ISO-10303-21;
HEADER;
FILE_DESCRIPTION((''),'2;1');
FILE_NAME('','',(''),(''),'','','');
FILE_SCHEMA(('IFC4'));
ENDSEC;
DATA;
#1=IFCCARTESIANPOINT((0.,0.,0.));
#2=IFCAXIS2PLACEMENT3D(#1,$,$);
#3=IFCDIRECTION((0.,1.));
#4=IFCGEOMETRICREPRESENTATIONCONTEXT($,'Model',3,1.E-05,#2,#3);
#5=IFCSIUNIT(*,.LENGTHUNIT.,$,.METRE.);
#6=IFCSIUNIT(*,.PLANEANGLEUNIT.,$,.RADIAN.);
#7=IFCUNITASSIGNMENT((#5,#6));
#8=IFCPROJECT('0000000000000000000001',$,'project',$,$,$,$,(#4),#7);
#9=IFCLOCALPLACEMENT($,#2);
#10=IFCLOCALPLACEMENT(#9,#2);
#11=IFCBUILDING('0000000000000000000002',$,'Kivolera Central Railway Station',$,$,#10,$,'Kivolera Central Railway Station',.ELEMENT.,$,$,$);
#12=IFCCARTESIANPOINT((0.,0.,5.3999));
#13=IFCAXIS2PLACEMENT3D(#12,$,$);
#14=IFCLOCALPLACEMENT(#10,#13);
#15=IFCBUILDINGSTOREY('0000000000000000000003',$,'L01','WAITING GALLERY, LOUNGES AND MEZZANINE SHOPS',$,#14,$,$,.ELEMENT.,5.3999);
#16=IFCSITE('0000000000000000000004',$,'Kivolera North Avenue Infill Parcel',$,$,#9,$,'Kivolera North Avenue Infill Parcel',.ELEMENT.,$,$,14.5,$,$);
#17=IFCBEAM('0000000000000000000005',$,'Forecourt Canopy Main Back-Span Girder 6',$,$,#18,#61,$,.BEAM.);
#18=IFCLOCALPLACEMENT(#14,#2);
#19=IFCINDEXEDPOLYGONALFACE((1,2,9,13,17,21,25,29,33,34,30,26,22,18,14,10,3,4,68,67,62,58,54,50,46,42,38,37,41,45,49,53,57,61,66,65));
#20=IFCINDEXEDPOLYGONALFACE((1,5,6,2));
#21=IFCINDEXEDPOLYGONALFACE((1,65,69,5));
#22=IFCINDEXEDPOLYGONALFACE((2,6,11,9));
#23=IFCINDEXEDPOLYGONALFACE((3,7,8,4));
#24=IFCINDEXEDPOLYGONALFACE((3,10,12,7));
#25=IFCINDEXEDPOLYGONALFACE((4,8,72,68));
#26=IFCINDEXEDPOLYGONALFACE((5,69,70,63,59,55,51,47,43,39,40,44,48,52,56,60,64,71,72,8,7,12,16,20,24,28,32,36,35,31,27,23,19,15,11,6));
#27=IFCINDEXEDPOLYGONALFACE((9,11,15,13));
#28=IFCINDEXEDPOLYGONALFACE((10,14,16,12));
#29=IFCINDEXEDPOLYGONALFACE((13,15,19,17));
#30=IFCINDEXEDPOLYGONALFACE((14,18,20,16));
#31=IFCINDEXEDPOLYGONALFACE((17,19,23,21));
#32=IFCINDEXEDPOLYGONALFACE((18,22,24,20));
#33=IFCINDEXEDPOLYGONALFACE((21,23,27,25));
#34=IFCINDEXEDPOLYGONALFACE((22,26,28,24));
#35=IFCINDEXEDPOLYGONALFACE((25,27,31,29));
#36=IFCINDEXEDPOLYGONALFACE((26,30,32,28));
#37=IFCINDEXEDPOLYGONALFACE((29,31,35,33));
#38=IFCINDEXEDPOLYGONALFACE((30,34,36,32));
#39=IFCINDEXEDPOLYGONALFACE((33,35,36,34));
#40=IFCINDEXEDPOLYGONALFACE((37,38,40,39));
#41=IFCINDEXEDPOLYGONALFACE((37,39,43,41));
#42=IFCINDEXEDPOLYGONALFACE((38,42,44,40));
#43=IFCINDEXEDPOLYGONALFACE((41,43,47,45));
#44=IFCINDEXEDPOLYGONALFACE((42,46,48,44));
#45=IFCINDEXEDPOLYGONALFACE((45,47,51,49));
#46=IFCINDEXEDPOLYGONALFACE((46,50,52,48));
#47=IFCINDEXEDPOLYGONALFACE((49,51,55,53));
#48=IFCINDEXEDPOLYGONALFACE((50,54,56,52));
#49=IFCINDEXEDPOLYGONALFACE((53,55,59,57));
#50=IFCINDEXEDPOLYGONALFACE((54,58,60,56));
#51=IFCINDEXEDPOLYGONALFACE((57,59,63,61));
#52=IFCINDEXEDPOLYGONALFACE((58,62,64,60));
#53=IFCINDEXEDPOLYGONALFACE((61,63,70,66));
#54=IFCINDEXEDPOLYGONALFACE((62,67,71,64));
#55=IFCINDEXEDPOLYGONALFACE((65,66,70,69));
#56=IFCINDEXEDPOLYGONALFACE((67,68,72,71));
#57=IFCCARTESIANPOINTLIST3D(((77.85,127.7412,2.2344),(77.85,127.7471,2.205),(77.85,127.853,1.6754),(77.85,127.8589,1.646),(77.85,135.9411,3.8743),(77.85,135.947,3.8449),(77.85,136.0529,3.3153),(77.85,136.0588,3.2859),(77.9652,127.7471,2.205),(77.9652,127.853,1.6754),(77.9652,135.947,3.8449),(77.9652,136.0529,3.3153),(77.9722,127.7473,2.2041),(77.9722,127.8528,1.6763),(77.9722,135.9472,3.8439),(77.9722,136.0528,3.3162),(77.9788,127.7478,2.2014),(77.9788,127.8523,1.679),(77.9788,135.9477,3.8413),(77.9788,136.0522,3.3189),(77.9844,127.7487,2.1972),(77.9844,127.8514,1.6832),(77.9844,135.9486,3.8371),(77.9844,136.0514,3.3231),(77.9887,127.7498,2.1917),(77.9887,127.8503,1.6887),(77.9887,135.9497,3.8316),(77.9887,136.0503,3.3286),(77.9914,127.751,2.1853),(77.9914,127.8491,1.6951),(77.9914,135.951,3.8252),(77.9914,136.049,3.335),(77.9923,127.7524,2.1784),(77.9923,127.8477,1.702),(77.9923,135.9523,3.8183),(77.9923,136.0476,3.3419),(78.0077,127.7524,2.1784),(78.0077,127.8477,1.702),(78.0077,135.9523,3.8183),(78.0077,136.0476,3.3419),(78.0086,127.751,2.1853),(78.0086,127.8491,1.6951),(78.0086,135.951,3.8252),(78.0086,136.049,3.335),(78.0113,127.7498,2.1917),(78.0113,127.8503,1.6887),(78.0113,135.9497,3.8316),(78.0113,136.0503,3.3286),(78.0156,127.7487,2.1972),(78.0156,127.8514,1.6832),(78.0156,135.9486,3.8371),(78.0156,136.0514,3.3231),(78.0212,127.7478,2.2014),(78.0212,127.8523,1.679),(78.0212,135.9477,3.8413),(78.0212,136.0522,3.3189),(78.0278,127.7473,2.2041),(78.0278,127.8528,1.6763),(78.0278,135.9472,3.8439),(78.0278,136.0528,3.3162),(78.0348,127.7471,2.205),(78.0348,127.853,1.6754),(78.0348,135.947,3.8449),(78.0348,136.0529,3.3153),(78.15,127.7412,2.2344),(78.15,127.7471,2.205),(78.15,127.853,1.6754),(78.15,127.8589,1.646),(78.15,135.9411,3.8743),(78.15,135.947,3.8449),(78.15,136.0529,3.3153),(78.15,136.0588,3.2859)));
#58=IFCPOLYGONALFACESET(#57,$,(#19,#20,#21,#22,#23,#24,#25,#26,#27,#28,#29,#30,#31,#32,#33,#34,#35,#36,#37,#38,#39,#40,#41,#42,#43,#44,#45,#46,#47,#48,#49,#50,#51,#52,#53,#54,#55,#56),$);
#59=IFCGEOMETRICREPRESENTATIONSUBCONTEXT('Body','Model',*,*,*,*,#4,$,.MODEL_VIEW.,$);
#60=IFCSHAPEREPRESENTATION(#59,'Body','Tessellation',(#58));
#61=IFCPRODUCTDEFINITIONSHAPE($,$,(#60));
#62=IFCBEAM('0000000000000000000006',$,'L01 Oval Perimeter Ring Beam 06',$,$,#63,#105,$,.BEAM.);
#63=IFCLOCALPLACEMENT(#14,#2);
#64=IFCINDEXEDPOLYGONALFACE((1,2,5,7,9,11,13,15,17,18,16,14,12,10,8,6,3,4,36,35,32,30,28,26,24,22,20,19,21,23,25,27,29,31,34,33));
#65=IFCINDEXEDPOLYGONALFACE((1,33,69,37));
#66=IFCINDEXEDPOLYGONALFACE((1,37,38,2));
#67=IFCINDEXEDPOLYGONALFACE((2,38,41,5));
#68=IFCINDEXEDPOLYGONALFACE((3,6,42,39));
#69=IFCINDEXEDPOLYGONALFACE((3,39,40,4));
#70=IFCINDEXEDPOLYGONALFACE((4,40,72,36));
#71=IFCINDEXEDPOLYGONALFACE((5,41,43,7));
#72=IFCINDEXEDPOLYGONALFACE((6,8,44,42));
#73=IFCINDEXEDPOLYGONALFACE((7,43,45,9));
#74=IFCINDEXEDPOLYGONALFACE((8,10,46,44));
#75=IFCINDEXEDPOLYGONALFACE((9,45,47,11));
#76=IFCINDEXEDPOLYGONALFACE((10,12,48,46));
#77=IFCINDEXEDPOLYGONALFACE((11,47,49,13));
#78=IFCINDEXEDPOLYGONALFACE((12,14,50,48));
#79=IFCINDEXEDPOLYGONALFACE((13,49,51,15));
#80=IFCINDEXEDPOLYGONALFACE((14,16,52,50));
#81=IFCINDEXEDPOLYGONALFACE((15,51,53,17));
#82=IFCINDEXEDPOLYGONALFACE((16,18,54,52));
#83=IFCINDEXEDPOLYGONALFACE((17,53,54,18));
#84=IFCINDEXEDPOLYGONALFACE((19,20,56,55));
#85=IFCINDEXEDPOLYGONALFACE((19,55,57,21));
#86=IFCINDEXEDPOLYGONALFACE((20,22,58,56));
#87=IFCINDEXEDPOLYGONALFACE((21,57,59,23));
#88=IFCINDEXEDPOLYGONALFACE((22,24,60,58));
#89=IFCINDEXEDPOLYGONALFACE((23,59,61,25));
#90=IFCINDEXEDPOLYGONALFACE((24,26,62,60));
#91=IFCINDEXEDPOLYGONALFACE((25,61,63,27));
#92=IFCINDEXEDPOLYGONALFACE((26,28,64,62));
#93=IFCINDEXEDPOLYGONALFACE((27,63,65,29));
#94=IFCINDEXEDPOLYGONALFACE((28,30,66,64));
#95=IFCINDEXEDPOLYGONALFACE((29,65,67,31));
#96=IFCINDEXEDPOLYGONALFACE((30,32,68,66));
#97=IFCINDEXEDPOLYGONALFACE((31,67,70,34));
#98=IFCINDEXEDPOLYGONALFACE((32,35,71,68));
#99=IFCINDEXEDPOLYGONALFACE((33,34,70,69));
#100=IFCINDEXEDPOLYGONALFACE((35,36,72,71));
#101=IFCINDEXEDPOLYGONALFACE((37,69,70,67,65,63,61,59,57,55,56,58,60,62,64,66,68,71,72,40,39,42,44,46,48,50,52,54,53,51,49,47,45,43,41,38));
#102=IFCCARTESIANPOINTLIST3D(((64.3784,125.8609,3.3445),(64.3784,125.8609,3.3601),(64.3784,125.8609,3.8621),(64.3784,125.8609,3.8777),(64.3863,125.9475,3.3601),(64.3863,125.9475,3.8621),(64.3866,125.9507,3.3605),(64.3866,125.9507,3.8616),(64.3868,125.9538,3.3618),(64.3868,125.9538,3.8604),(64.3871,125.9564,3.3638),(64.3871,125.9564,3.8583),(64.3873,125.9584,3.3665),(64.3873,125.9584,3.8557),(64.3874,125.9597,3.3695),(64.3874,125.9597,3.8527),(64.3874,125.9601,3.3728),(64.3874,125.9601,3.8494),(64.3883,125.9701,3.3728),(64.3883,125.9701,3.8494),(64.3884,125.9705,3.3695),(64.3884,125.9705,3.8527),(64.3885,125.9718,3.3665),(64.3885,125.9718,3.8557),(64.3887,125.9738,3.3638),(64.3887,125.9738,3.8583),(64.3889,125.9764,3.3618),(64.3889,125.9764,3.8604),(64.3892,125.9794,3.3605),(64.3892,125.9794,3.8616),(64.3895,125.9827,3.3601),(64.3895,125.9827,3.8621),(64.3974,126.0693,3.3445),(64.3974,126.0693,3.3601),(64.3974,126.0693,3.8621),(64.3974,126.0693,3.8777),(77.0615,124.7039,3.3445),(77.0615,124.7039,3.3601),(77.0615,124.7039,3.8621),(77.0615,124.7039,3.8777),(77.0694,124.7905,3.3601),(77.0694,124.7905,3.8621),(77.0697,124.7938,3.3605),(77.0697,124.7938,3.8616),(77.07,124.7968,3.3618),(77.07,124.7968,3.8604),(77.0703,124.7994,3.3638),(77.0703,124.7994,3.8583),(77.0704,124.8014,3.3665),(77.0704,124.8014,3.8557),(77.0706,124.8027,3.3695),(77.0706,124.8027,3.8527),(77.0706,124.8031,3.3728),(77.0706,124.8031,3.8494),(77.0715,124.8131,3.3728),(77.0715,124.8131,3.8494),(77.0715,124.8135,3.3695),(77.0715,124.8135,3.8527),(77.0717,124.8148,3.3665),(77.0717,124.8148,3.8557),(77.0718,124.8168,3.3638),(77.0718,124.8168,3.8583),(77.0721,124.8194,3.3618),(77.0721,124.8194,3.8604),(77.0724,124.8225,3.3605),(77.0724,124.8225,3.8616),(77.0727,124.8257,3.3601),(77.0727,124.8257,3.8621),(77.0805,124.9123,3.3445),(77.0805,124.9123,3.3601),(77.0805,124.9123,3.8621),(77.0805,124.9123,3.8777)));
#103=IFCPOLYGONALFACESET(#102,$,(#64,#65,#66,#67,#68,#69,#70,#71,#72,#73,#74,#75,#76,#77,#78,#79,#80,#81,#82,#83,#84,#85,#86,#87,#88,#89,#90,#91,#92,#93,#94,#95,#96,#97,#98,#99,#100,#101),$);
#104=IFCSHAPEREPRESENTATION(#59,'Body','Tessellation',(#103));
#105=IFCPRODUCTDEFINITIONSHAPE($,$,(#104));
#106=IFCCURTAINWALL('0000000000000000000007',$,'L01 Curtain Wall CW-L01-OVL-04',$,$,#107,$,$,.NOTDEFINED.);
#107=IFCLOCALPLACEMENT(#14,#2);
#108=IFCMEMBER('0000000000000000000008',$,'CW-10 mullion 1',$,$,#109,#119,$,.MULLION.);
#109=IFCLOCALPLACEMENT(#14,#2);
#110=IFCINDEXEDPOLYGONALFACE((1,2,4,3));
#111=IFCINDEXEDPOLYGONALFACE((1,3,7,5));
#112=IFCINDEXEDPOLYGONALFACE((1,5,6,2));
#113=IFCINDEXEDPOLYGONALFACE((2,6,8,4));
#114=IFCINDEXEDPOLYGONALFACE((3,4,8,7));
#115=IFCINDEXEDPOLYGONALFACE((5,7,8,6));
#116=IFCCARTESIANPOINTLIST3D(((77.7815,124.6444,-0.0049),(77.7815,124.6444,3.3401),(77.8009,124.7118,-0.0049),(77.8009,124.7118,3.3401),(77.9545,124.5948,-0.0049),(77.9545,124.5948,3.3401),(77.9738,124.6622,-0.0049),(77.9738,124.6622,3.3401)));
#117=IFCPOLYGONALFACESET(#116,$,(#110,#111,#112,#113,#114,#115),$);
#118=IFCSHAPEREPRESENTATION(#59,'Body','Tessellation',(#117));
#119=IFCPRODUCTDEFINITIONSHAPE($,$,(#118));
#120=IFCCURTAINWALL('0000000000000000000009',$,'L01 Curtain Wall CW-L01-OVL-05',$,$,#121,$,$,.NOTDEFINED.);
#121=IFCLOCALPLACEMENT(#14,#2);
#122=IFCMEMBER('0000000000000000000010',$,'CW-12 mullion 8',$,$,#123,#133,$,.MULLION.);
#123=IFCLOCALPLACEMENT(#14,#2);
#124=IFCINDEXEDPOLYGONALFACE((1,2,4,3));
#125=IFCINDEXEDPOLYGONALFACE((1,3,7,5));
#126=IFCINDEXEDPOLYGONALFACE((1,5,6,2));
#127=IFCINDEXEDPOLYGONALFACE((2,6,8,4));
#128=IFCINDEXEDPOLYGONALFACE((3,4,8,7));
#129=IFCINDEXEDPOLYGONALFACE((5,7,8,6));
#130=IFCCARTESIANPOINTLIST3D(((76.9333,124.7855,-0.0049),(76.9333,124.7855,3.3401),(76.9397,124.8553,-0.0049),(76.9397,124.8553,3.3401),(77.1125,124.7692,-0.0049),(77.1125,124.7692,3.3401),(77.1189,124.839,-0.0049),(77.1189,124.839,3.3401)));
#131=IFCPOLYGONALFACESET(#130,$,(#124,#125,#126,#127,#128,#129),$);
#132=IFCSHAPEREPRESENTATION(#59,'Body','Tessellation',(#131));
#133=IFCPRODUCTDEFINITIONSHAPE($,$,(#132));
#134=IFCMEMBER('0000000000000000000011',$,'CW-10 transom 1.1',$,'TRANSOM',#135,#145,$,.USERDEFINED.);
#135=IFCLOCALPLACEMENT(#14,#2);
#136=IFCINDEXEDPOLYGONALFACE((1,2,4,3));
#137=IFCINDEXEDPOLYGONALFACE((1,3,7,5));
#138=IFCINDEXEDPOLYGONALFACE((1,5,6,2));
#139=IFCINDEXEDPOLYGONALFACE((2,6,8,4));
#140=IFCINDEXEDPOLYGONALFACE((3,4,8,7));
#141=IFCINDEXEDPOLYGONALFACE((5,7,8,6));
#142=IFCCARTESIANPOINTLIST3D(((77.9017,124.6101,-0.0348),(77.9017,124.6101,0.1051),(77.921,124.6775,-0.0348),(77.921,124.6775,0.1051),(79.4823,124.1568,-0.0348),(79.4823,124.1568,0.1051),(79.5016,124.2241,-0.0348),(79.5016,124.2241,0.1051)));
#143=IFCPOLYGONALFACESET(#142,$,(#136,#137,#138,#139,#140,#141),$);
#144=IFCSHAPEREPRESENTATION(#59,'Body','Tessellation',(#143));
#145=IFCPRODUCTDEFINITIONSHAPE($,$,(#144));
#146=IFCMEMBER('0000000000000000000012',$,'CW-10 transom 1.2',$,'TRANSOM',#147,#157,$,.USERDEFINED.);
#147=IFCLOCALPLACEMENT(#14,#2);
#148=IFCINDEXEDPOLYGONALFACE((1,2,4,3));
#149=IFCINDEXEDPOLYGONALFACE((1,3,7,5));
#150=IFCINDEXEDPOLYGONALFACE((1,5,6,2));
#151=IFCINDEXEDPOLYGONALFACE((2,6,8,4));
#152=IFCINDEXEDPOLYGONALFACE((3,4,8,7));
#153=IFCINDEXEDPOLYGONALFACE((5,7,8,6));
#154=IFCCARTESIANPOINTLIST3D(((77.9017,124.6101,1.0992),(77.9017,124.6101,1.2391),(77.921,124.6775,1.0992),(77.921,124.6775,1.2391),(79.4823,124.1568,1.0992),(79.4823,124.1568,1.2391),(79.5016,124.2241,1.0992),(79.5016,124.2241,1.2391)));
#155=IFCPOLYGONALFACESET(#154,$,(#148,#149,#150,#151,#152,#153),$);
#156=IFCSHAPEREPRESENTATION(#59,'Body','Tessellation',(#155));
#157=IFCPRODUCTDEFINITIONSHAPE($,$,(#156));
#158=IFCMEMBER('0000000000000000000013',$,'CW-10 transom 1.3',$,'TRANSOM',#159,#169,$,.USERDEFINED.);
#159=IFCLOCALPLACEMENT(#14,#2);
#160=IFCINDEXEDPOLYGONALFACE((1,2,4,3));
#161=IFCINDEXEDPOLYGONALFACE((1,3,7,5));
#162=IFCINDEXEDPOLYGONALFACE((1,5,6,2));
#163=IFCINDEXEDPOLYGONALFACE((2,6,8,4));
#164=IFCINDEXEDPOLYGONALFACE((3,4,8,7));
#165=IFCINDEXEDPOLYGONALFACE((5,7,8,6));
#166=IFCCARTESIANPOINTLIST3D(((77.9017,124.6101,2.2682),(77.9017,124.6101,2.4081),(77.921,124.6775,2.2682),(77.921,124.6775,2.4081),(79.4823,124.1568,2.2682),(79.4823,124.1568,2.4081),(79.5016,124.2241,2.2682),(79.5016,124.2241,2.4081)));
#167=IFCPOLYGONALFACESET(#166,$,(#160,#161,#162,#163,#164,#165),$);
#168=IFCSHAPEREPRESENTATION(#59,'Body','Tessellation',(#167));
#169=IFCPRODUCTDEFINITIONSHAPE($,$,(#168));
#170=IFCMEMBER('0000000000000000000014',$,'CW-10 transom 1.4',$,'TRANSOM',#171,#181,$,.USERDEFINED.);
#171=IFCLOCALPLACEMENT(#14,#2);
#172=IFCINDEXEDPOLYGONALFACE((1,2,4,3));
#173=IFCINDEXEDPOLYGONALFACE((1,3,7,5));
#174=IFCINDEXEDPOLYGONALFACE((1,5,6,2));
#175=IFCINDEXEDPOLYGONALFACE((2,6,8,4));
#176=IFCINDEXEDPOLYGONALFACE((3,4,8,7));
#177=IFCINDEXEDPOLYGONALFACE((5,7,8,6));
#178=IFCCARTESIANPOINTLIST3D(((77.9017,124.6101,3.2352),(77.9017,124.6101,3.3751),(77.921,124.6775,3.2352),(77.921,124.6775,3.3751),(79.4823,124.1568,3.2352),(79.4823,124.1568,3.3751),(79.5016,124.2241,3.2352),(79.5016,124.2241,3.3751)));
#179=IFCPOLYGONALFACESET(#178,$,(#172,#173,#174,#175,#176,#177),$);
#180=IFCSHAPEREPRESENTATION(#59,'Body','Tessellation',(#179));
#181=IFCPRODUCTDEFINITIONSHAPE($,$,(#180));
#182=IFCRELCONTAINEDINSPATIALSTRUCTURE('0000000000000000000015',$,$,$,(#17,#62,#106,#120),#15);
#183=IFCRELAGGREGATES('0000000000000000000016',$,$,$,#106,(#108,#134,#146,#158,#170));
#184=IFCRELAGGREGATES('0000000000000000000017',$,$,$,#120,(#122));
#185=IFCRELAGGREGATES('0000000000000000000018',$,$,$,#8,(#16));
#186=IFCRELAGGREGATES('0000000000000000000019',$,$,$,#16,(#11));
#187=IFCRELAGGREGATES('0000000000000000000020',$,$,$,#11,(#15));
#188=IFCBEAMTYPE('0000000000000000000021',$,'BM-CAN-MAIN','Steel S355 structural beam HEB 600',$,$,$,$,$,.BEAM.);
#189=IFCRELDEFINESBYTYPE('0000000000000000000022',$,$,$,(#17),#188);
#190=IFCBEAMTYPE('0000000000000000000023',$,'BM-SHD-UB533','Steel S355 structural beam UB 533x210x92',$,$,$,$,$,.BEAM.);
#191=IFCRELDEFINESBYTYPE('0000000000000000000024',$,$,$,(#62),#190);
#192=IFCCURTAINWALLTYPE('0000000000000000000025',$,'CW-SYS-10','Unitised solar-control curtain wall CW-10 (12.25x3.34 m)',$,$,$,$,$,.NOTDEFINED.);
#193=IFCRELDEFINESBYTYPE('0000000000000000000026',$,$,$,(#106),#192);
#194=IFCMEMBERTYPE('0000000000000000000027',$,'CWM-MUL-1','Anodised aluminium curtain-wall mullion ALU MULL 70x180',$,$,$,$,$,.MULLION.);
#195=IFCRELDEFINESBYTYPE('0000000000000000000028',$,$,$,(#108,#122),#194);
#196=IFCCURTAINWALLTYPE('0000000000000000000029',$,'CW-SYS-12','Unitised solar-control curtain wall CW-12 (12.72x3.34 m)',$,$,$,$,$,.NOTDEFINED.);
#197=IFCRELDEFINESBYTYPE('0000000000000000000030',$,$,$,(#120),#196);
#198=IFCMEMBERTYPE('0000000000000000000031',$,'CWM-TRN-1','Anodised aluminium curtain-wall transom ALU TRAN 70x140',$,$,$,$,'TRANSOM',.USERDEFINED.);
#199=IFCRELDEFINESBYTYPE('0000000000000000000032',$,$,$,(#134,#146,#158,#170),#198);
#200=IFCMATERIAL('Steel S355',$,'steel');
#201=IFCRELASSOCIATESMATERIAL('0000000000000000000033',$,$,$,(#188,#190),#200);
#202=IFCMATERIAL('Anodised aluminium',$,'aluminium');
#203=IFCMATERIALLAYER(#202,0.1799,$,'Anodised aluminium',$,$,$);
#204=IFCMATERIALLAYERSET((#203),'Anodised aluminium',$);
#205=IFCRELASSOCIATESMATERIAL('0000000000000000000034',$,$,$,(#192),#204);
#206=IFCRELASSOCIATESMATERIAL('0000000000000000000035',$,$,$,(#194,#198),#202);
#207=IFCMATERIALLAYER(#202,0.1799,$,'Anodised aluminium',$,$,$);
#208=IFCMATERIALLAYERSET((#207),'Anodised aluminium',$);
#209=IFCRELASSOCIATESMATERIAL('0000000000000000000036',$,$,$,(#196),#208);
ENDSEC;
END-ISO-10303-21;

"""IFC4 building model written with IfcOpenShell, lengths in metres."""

from ifc_helpers import new_model, si_unit, direction, frame, origin, origin_2d, place, context, subcontext, project, spatial, rectangle, i_section, extrude, material, layer, layer_set, material_profile, profile_set, type_object, element, aggregate, save


model = new_model("IFC4")

# Units and contexts
model_context = context("Model", 3, precision=1e-05, world=origin(), true_north=direction((0.0, 1.0)))
body_context = subcontext(model_context, "Body", "Model", "MODEL_VIEW")
ifc_project = project(units=[si_unit("LENGTHUNIT", "METRE"), si_unit("PLANEANGLEUNIT", "RADIAN")], contexts=[model_context])

# Site, building, storey
site_placement = place(None, origin())
site = spatial("IfcSite", under=ifc_project, at=site_placement, Name="Kivolera North Avenue Infill Parcel", LongName="Kivolera North Avenue Infill Parcel", CompositionType="ELEMENT", RefElevation=14.5)
building_placement = place(site_placement, origin())
building = spatial("IfcBuilding", under=site, at=building_placement, Name="Kivolera Central Railway Station", LongName="Kivolera Central Railway Station", CompositionType="ELEMENT")
storey_placement = place(building_placement, frame((0.0, 0.0, 5.3999)))
storey = spatial("IfcBuildingStorey", under=building, at=storey_placement, Name="L01", Description="WAITING GALLERY, LOUNGES AND MEZZANINE SHOPS", CompositionType="ELEMENT", Elevation=5.3999)

# Shared definitions
ifc_material_1 = material(Name="Steel S355", Category="steel")

# Beams
ifc_material_profile_1 = material_profile(ifc_material_1, i_section(OverallWidth=0.3, OverallDepth=0.6001, WebThickness=0.0154, FlangeThickness=0.03, FilletRadius=0.0271, at=origin_2d()), Name="HEB 600")
ifc_profile_set_1 = profile_set([ifc_material_profile_1], Name="Steel S355")
beam_type_1 = type_object("IfcBeamType", Name="BM-CAN-MAIN", Description="Steel S355 structural beam HEB 600", PredefinedType="BEAM", material=ifc_profile_set_1)
beam_1_placement = place(storey_placement, frame((78.0, 127.8, 1.9402), z_axis=(0.0, 0.980583, 0.196105), x_axis=(-1.0, 0.0, 0.0)))
element("IfcBeam", 1, at=beam_1_placement, inside=storey, type_object=beam_type_1, Name="Forecourt Canopy Main Back-Span Girder 6", PredefinedType="BEAM", context=body_context, shape_type="SweptSolid", body=[
    extrude(i_section(OverallWidth=0.3, OverallDepth=0.6001, WebThickness=0.0154, FlangeThickness=0.03, FilletRadius=0.0271, at=origin_2d()), origin(), (0.0, 0.0, 1.0), 8.3623),
])
ifc_material_profile_2 = material_profile(ifc_material_1, i_section(OverallWidth=0.2092, OverallDepth=0.5332, WebThickness=0.01, FlangeThickness=0.0156, FilletRadius=0.0127, at=origin_2d()), Name="UB 533x210x92")
ifc_profile_set_2 = profile_set([ifc_material_profile_2], Name="Steel S355")
beam_type_2 = type_object("IfcBeamType", Name="BM-SHD-UB533", Description="Steel S355 structural beam UB 533x210x92", PredefinedType="BEAM", material=ifc_profile_set_2)
beam_2_placement = place(storey_placement, frame((77.071, 124.8081, 3.6111), z_axis=(-0.995865, 0.090845, 0.0), x_axis=(-0.090845, -0.995865, 0.0)))
element("IfcBeam", 2, at=beam_2_placement, inside=storey, type_object=beam_type_2, Name="L01 Oval Perimeter Ring Beam 06", PredefinedType="BEAM", context=body_context, shape_type="SweptSolid", body=[
    extrude(i_section(OverallWidth=0.2092, OverallDepth=0.5332, WebThickness=0.01, FlangeThickness=0.0156, FilletRadius=0.0127, at=origin_2d()), origin(), (0.0, 0.0, 1.0), 12.7358),
])

# Curtain walls, members
ifc_material_2 = material(Name="Anodised aluminium", Category="aluminium")
ifc_layer_1 = layer(ifc_material_2, 0.1799, Name="Anodised aluminium")
ifc_layer_set_1 = layer_set([ifc_layer_1], Name="Anodised aluminium")
curtain_wall_type_1 = type_object("IfcCurtainWallType", Name="CW-SYS-10", Description="Unitised solar-control curtain wall CW-10 (12.25x3.34 m)", PredefinedType="NOTDEFINED", material=ifc_layer_set_1)
curtain_wall_1_placement = place(storey_placement, origin())
curtain_wall_1 = element("IfcCurtainWall", 3, at=curtain_wall_1_placement, inside=storey, type_object=curtain_wall_type_1, Name="L01 Curtain Wall CW-L01-OVL-04", PredefinedType="NOTDEFINED")
ifc_material_profile_3 = material_profile(ifc_material_2, rectangle(XDim=0.0701, YDim=0.1799, at=origin_2d()), Name="ALU MULL 70x180")
ifc_profile_set_3 = profile_set([ifc_material_profile_3], Name="Anodised aluminium")
member_type_1 = type_object("IfcMemberType", Name="CWM-MUL-1", Description="Anodised aluminium curtain-wall mullion ALU MULL 70x180", PredefinedType="MULLION", material=ifc_profile_set_3)
member_1_placement = place(storey_placement, frame((77.8777, 124.6533, -0.0049), z_axis=(0.0, 0.0, 1.0), x_axis=(0.275692, 0.961246, 0.0)))
member_1 = element("IfcMember", 4, at=member_1_placement, type_object=member_type_1, Name="CW-10 mullion 1", PredefinedType="MULLION", context=body_context, shape_type="SweptSolid", body=[
    extrude(rectangle(XDim=0.0701, YDim=0.1799, at=origin_2d()), origin(), (0.0, 0.0, 1.0), 3.345),
])
ifc_layer_2 = layer(ifc_material_2, 0.1799, Name="Anodised aluminium")
ifc_layer_set_2 = layer_set([ifc_layer_2], Name="Anodised aluminium")
curtain_wall_type_2 = type_object("IfcCurtainWallType", Name="CW-SYS-12", Description="Unitised solar-control curtain wall CW-12 (12.72x3.34 m)", PredefinedType="NOTDEFINED", material=ifc_layer_set_2)
curtain_wall_2_placement = place(storey_placement, origin())
curtain_wall_2 = element("IfcCurtainWall", 5, at=curtain_wall_2_placement, inside=storey, type_object=curtain_wall_type_2, Name="L01 Curtain Wall CW-L01-OVL-05", PredefinedType="NOTDEFINED")
member_2_placement = place(storey_placement, frame((77.0261, 124.8123, -0.0049), z_axis=(0.0, 0.0, 1.0), x_axis=(0.090834, 0.995866, 0.0)))
member_2 = element("IfcMember", 6, at=member_2_placement, type_object=member_type_1, Name="CW-12 mullion 8", PredefinedType="MULLION", context=body_context, shape_type="SweptSolid", body=[
    extrude(rectangle(XDim=0.0701, YDim=0.1799, at=origin_2d()), origin(), (0.0, 0.0, 1.0), 3.345),
])

# Members
ifc_material_profile_4 = material_profile(ifc_material_2, rectangle(XDim=0.0701, YDim=0.1399, at=origin_2d()), Name="ALU TRAN 70x140")
ifc_profile_set_4 = profile_set([ifc_material_profile_4], Name="Anodised aluminium")
member_type_2 = type_object("IfcMemberType", Name="CWM-TRN-1", Description="Anodised aluminium curtain-wall transom ALU TRAN 70x140", ElementType="TRANSOM", PredefinedType="USERDEFINED", material=ifc_profile_set_4)
member_3_placement = place(storey_placement, frame((77.9114, 124.6438, 0.0352), z_axis=(0.961238, -0.275721, 0.0), x_axis=(0.275721, 0.961238, 0.0)))
member_3 = element("IfcMember", 7, at=member_3_placement, type_object=member_type_2, Name="CW-10 transom 1.1", ObjectType="TRANSOM", PredefinedType="USERDEFINED", context=body_context, shape_type="SweptSolid", body=[
    extrude(rectangle(XDim=0.0701, YDim=0.1399, at=origin_2d()), origin(), (0.0, 0.0, 1.0), 1.6443),
])
member_4_placement = place(storey_placement, frame((77.9114, 124.6438, 1.1692), z_axis=(0.961238, -0.275721, 0.0), x_axis=(0.275721, 0.961238, 0.0)))
member_4 = element("IfcMember", 8, at=member_4_placement, type_object=member_type_2, Name="CW-10 transom 1.2", ObjectType="TRANSOM", PredefinedType="USERDEFINED", context=body_context, shape_type="SweptSolid", body=[
    extrude(rectangle(XDim=0.0701, YDim=0.1399, at=origin_2d()), origin(), (0.0, 0.0, 1.0), 1.6443),
])
member_5_placement = place(storey_placement, frame((77.9114, 124.6438, 2.3381), z_axis=(0.961238, -0.275721, 0.0), x_axis=(0.275721, 0.961238, 0.0)))
member_5 = element("IfcMember", 9, at=member_5_placement, type_object=member_type_2, Name="CW-10 transom 1.3", ObjectType="TRANSOM", PredefinedType="USERDEFINED", context=body_context, shape_type="SweptSolid", body=[
    extrude(rectangle(XDim=0.0701, YDim=0.1399, at=origin_2d()), origin(), (0.0, 0.0, 1.0), 1.6443),
])
member_6_placement = place(storey_placement, frame((77.9114, 124.6438, 3.3052), z_axis=(0.961238, -0.275721, 0.0), x_axis=(0.275721, 0.961238, 0.0)))
member_6 = element("IfcMember", 10, at=member_6_placement, type_object=member_type_2, Name="CW-10 transom 1.4", ObjectType="TRANSOM", PredefinedType="USERDEFINED", context=body_context, shape_type="SweptSolid", body=[
    extrude(rectangle(XDim=0.0701, YDim=0.1399, at=origin_2d()), origin(), (0.0, 0.0, 1.0), 1.6443),
])
aggregate(curtain_wall_1, [member_1, member_3, member_4, member_5, member_6])

aggregate(curtain_wall_2, [member_2])

save(model, "model.ifc")
